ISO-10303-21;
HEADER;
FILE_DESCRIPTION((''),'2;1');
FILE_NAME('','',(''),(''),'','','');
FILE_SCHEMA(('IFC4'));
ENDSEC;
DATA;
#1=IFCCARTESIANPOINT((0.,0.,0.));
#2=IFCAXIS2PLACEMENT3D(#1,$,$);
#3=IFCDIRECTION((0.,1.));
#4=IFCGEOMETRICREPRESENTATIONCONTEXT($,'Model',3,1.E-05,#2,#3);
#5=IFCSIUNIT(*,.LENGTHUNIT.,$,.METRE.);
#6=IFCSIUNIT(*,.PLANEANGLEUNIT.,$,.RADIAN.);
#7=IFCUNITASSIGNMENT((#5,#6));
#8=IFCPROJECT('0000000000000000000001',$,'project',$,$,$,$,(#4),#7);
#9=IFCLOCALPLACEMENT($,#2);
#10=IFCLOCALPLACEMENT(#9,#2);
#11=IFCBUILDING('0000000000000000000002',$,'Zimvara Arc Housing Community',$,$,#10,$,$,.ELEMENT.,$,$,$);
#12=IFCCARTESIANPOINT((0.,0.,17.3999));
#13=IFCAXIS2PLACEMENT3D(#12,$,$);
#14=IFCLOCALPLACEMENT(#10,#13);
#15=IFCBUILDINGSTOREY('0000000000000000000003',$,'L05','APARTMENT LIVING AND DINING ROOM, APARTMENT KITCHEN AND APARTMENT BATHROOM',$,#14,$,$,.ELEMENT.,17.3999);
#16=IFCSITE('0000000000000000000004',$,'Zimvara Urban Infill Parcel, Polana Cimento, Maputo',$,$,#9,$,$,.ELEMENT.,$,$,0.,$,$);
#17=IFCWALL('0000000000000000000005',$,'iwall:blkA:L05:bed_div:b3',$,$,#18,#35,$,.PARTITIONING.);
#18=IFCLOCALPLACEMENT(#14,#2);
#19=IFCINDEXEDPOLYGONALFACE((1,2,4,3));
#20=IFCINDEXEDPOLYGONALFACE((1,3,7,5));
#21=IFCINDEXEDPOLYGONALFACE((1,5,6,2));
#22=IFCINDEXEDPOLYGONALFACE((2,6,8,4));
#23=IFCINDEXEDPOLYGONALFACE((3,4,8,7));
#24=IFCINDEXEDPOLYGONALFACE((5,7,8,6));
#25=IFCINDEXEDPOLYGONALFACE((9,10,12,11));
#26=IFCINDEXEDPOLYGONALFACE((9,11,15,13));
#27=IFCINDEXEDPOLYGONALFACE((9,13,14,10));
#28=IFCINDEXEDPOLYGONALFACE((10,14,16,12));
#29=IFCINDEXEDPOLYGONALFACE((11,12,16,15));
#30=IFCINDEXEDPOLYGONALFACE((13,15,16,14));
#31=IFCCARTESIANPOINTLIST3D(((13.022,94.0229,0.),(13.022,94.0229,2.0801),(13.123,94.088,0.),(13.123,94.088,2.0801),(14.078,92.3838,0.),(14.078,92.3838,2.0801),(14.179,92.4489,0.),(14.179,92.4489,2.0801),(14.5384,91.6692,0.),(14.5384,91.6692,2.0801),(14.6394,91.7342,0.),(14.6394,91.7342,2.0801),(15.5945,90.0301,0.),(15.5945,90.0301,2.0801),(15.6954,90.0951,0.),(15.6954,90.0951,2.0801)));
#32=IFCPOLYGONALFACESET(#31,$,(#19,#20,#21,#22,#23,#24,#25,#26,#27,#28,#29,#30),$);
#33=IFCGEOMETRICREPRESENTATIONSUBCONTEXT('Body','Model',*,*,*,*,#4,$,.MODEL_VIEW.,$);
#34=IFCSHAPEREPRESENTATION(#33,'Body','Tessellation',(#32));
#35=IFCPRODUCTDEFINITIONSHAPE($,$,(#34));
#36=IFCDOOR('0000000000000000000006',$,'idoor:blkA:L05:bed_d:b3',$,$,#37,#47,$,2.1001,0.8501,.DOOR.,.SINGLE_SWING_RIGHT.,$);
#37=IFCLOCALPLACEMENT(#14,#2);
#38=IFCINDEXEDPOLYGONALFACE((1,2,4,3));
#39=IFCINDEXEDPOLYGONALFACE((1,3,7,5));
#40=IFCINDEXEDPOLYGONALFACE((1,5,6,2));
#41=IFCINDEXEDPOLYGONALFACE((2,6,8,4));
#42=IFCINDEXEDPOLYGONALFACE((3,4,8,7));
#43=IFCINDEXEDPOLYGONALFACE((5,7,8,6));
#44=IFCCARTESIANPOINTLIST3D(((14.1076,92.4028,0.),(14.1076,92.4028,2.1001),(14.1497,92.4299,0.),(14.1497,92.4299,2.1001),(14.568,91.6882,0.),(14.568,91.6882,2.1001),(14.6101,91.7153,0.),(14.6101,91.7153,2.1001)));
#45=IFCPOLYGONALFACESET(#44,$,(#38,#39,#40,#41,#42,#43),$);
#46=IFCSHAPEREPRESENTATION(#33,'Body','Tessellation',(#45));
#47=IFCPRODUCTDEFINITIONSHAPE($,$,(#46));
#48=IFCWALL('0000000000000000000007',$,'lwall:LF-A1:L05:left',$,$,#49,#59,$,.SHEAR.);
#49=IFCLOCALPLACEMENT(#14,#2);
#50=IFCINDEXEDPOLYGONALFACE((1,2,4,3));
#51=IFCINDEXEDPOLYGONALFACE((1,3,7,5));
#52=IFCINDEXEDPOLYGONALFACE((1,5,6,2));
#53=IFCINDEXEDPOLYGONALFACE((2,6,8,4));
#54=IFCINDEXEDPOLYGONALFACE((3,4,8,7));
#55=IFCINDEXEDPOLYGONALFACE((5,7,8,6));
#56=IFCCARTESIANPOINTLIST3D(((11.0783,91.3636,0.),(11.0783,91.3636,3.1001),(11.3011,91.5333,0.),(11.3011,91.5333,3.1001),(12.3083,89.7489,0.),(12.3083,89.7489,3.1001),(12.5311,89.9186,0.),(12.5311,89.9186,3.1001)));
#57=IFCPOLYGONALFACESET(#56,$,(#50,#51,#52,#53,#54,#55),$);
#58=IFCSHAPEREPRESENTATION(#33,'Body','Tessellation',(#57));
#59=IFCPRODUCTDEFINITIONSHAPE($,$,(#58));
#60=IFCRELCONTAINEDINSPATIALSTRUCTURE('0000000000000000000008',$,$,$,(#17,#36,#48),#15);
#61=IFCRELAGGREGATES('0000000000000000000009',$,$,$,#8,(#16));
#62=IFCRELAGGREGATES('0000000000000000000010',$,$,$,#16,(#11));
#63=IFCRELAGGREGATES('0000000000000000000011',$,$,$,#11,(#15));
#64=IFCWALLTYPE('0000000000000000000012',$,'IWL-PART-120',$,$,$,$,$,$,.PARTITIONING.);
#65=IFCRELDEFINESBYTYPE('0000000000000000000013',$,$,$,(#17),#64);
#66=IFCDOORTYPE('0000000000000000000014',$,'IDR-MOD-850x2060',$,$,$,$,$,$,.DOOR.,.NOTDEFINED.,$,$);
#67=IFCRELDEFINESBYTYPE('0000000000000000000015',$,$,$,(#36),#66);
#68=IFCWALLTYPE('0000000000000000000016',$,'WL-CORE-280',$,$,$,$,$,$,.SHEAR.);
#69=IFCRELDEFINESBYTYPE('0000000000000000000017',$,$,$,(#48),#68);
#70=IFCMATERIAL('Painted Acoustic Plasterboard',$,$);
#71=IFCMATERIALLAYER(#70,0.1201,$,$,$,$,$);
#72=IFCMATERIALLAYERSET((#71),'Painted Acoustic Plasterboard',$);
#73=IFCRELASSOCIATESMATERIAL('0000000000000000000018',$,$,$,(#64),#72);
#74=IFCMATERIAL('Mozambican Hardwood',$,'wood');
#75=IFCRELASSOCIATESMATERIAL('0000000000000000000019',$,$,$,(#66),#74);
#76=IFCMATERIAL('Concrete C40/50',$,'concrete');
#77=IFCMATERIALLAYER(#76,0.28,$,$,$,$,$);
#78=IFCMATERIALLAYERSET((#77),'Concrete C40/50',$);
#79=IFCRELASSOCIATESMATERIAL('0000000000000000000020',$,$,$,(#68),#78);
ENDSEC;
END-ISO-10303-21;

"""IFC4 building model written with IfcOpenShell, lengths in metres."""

from ifc_helpers import new_model, si_unit, direction, frame, frame_2d, origin, place, context, subcontext, project, spatial, rectangle, extrude, material, layer, layer_set, type_object, element, fill, save


model = new_model("IFC4")

# Units and contexts
model_context = context("Model", 3, precision=1e-05, world=origin(), true_north=direction((0.0, 1.0)))
body_context = subcontext(model_context, "Body", "Model", "MODEL_VIEW")
ifc_project = project(units=[si_unit("LENGTHUNIT", "METRE"), si_unit("PLANEANGLEUNIT", "RADIAN")], contexts=[model_context])

# Site, building, storey
site_placement = place(None, origin())
site = spatial("IfcSite", under=ifc_project, at=site_placement, Name="Zimvara Urban Infill Parcel, Polana Cimento, Maputo", CompositionType="ELEMENT", RefElevation=0.0)
building_placement = place(site_placement, origin())
building = spatial("IfcBuilding", under=site, at=building_placement, Name="Zimvara Arc Housing Community", CompositionType="ELEMENT")
storey_placement = place(building_placement, frame((0.0, 0.0, 17.3999)))
storey = spatial("IfcBuildingStorey", under=building, at=storey_placement, Name="L05", Description="APARTMENT LIVING AND DINING ROOM, APARTMENT KITCHEN AND APARTMENT BATHROOM", CompositionType="ELEMENT", Elevation=17.3999)

# Wall, opening, door
ifc_material_1 = material(Name="Painted Acoustic Plasterboard")
ifc_layer_1 = layer(ifc_material_1, 0.1201)
ifc_layer_set_1 = layer_set([ifc_layer_1], Name="Painted Acoustic Plasterboard")
wall_type_1 = type_object("IfcWallType", Name="IWL-PART-120", PredefinedType="PARTITIONING", material=ifc_layer_set_1)
wall_1_placement = place(storey_placement, frame((15.645, 90.0625, 0.0), z_axis=(0.0, 0.0, 1.0), x_axis=(-0.541596, 0.840639, 0.0)))
wall_1 = element("IfcWall", 1, at=wall_1_placement, inside=storey, type_object=wall_type_1, Name="iwall:blkA:L05:bed_div:b3", PredefinedType="PARTITIONING", context=body_context, shape_type="SweptSolid", body=[
    extrude(rectangle(XDim=4.7498, YDim=0.1201, at=frame_2d((2.375, 0.0))), origin(), (0.0, 0.0, 1.0), 2.0801),
])
opening_1_placement = place(wall_1_placement, frame((1.95, 0.0, 0.0)))
opening_1 = element("IfcOpeningElement", 2, at=opening_1_placement, cuts=wall_1, PredefinedType="OPENING", context=body_context, shape_type="SweptSolid", body=[
    extrude(rectangle(XDim=0.8501, YDim=2.1001, at=frame_2d((0.425, 1.05))), frame((0.0, 0.0701, 0.0), z_axis=(0.0, -1.0, 0.0), x_axis=(1.0, 0.0, 0.0)), (0.0, 0.0, 1.0), 0.1401),
])
ifc_material_2 = material(Name="Mozambican Hardwood", Category="wood")
door_type_1 = type_object("IfcDoorType", Name="IDR-MOD-850x2060", OperationType="NOTDEFINED", PredefinedType="DOOR", material=ifc_material_2)
door_1_placement = place(opening_1_placement, origin())
door_1 = element("IfcDoor", 3, at=door_1_placement, inside=storey, type_object=door_type_1, Name="idoor:blkA:L05:bed_d:b3", OperationType="SINGLE_SWING_RIGHT", OverallHeight=2.1001, OverallWidth=0.8501, PredefinedType="DOOR", context=body_context, shape_type="SweptSolid", body=[
    extrude(rectangle(XDim=0.8501, YDim=2.1001, at=frame_2d((0.425, 1.05))), frame((0.0, 0.0249, 0.0), z_axis=(0.0, -1.0, 0.0), x_axis=(1.0, 0.0, 0.0)), (0.0, 0.0, 1.0), 0.05),
])
fill(opening_1, door_1)
ifc_material_3 = material(Name="Concrete C40/50", Category="concrete")
ifc_layer_2 = layer(ifc_material_3, 0.28)
ifc_layer_set_2 = layer_set([ifc_layer_2], Name="Concrete C40/50")
wall_type_2 = type_object("IfcWallType", Name="WL-CORE-280", PredefinedType="SHEAR", material=ifc_layer_set_2)

# Wall
wall_2_placement = place(storey_placement, frame((12.4197, 89.8337, 0.0), z_axis=(0.0, 0.0, 1.0), x_axis=(-0.605949, 0.795504, 0.0)))
element("IfcWall", 4, at=wall_2_placement, inside=storey, type_object=wall_type_2, Name="lwall:LF-A1:L05:left", PredefinedType="SHEAR", context=body_context, shape_type="SweptSolid", body=[
    extrude(rectangle(XDim=2.0298, YDim=0.28, at=frame_2d((1.0149, 0.0))), origin(), (0.0, 0.0, 1.0), 3.1001),
])

save(model, "model.ifc")
